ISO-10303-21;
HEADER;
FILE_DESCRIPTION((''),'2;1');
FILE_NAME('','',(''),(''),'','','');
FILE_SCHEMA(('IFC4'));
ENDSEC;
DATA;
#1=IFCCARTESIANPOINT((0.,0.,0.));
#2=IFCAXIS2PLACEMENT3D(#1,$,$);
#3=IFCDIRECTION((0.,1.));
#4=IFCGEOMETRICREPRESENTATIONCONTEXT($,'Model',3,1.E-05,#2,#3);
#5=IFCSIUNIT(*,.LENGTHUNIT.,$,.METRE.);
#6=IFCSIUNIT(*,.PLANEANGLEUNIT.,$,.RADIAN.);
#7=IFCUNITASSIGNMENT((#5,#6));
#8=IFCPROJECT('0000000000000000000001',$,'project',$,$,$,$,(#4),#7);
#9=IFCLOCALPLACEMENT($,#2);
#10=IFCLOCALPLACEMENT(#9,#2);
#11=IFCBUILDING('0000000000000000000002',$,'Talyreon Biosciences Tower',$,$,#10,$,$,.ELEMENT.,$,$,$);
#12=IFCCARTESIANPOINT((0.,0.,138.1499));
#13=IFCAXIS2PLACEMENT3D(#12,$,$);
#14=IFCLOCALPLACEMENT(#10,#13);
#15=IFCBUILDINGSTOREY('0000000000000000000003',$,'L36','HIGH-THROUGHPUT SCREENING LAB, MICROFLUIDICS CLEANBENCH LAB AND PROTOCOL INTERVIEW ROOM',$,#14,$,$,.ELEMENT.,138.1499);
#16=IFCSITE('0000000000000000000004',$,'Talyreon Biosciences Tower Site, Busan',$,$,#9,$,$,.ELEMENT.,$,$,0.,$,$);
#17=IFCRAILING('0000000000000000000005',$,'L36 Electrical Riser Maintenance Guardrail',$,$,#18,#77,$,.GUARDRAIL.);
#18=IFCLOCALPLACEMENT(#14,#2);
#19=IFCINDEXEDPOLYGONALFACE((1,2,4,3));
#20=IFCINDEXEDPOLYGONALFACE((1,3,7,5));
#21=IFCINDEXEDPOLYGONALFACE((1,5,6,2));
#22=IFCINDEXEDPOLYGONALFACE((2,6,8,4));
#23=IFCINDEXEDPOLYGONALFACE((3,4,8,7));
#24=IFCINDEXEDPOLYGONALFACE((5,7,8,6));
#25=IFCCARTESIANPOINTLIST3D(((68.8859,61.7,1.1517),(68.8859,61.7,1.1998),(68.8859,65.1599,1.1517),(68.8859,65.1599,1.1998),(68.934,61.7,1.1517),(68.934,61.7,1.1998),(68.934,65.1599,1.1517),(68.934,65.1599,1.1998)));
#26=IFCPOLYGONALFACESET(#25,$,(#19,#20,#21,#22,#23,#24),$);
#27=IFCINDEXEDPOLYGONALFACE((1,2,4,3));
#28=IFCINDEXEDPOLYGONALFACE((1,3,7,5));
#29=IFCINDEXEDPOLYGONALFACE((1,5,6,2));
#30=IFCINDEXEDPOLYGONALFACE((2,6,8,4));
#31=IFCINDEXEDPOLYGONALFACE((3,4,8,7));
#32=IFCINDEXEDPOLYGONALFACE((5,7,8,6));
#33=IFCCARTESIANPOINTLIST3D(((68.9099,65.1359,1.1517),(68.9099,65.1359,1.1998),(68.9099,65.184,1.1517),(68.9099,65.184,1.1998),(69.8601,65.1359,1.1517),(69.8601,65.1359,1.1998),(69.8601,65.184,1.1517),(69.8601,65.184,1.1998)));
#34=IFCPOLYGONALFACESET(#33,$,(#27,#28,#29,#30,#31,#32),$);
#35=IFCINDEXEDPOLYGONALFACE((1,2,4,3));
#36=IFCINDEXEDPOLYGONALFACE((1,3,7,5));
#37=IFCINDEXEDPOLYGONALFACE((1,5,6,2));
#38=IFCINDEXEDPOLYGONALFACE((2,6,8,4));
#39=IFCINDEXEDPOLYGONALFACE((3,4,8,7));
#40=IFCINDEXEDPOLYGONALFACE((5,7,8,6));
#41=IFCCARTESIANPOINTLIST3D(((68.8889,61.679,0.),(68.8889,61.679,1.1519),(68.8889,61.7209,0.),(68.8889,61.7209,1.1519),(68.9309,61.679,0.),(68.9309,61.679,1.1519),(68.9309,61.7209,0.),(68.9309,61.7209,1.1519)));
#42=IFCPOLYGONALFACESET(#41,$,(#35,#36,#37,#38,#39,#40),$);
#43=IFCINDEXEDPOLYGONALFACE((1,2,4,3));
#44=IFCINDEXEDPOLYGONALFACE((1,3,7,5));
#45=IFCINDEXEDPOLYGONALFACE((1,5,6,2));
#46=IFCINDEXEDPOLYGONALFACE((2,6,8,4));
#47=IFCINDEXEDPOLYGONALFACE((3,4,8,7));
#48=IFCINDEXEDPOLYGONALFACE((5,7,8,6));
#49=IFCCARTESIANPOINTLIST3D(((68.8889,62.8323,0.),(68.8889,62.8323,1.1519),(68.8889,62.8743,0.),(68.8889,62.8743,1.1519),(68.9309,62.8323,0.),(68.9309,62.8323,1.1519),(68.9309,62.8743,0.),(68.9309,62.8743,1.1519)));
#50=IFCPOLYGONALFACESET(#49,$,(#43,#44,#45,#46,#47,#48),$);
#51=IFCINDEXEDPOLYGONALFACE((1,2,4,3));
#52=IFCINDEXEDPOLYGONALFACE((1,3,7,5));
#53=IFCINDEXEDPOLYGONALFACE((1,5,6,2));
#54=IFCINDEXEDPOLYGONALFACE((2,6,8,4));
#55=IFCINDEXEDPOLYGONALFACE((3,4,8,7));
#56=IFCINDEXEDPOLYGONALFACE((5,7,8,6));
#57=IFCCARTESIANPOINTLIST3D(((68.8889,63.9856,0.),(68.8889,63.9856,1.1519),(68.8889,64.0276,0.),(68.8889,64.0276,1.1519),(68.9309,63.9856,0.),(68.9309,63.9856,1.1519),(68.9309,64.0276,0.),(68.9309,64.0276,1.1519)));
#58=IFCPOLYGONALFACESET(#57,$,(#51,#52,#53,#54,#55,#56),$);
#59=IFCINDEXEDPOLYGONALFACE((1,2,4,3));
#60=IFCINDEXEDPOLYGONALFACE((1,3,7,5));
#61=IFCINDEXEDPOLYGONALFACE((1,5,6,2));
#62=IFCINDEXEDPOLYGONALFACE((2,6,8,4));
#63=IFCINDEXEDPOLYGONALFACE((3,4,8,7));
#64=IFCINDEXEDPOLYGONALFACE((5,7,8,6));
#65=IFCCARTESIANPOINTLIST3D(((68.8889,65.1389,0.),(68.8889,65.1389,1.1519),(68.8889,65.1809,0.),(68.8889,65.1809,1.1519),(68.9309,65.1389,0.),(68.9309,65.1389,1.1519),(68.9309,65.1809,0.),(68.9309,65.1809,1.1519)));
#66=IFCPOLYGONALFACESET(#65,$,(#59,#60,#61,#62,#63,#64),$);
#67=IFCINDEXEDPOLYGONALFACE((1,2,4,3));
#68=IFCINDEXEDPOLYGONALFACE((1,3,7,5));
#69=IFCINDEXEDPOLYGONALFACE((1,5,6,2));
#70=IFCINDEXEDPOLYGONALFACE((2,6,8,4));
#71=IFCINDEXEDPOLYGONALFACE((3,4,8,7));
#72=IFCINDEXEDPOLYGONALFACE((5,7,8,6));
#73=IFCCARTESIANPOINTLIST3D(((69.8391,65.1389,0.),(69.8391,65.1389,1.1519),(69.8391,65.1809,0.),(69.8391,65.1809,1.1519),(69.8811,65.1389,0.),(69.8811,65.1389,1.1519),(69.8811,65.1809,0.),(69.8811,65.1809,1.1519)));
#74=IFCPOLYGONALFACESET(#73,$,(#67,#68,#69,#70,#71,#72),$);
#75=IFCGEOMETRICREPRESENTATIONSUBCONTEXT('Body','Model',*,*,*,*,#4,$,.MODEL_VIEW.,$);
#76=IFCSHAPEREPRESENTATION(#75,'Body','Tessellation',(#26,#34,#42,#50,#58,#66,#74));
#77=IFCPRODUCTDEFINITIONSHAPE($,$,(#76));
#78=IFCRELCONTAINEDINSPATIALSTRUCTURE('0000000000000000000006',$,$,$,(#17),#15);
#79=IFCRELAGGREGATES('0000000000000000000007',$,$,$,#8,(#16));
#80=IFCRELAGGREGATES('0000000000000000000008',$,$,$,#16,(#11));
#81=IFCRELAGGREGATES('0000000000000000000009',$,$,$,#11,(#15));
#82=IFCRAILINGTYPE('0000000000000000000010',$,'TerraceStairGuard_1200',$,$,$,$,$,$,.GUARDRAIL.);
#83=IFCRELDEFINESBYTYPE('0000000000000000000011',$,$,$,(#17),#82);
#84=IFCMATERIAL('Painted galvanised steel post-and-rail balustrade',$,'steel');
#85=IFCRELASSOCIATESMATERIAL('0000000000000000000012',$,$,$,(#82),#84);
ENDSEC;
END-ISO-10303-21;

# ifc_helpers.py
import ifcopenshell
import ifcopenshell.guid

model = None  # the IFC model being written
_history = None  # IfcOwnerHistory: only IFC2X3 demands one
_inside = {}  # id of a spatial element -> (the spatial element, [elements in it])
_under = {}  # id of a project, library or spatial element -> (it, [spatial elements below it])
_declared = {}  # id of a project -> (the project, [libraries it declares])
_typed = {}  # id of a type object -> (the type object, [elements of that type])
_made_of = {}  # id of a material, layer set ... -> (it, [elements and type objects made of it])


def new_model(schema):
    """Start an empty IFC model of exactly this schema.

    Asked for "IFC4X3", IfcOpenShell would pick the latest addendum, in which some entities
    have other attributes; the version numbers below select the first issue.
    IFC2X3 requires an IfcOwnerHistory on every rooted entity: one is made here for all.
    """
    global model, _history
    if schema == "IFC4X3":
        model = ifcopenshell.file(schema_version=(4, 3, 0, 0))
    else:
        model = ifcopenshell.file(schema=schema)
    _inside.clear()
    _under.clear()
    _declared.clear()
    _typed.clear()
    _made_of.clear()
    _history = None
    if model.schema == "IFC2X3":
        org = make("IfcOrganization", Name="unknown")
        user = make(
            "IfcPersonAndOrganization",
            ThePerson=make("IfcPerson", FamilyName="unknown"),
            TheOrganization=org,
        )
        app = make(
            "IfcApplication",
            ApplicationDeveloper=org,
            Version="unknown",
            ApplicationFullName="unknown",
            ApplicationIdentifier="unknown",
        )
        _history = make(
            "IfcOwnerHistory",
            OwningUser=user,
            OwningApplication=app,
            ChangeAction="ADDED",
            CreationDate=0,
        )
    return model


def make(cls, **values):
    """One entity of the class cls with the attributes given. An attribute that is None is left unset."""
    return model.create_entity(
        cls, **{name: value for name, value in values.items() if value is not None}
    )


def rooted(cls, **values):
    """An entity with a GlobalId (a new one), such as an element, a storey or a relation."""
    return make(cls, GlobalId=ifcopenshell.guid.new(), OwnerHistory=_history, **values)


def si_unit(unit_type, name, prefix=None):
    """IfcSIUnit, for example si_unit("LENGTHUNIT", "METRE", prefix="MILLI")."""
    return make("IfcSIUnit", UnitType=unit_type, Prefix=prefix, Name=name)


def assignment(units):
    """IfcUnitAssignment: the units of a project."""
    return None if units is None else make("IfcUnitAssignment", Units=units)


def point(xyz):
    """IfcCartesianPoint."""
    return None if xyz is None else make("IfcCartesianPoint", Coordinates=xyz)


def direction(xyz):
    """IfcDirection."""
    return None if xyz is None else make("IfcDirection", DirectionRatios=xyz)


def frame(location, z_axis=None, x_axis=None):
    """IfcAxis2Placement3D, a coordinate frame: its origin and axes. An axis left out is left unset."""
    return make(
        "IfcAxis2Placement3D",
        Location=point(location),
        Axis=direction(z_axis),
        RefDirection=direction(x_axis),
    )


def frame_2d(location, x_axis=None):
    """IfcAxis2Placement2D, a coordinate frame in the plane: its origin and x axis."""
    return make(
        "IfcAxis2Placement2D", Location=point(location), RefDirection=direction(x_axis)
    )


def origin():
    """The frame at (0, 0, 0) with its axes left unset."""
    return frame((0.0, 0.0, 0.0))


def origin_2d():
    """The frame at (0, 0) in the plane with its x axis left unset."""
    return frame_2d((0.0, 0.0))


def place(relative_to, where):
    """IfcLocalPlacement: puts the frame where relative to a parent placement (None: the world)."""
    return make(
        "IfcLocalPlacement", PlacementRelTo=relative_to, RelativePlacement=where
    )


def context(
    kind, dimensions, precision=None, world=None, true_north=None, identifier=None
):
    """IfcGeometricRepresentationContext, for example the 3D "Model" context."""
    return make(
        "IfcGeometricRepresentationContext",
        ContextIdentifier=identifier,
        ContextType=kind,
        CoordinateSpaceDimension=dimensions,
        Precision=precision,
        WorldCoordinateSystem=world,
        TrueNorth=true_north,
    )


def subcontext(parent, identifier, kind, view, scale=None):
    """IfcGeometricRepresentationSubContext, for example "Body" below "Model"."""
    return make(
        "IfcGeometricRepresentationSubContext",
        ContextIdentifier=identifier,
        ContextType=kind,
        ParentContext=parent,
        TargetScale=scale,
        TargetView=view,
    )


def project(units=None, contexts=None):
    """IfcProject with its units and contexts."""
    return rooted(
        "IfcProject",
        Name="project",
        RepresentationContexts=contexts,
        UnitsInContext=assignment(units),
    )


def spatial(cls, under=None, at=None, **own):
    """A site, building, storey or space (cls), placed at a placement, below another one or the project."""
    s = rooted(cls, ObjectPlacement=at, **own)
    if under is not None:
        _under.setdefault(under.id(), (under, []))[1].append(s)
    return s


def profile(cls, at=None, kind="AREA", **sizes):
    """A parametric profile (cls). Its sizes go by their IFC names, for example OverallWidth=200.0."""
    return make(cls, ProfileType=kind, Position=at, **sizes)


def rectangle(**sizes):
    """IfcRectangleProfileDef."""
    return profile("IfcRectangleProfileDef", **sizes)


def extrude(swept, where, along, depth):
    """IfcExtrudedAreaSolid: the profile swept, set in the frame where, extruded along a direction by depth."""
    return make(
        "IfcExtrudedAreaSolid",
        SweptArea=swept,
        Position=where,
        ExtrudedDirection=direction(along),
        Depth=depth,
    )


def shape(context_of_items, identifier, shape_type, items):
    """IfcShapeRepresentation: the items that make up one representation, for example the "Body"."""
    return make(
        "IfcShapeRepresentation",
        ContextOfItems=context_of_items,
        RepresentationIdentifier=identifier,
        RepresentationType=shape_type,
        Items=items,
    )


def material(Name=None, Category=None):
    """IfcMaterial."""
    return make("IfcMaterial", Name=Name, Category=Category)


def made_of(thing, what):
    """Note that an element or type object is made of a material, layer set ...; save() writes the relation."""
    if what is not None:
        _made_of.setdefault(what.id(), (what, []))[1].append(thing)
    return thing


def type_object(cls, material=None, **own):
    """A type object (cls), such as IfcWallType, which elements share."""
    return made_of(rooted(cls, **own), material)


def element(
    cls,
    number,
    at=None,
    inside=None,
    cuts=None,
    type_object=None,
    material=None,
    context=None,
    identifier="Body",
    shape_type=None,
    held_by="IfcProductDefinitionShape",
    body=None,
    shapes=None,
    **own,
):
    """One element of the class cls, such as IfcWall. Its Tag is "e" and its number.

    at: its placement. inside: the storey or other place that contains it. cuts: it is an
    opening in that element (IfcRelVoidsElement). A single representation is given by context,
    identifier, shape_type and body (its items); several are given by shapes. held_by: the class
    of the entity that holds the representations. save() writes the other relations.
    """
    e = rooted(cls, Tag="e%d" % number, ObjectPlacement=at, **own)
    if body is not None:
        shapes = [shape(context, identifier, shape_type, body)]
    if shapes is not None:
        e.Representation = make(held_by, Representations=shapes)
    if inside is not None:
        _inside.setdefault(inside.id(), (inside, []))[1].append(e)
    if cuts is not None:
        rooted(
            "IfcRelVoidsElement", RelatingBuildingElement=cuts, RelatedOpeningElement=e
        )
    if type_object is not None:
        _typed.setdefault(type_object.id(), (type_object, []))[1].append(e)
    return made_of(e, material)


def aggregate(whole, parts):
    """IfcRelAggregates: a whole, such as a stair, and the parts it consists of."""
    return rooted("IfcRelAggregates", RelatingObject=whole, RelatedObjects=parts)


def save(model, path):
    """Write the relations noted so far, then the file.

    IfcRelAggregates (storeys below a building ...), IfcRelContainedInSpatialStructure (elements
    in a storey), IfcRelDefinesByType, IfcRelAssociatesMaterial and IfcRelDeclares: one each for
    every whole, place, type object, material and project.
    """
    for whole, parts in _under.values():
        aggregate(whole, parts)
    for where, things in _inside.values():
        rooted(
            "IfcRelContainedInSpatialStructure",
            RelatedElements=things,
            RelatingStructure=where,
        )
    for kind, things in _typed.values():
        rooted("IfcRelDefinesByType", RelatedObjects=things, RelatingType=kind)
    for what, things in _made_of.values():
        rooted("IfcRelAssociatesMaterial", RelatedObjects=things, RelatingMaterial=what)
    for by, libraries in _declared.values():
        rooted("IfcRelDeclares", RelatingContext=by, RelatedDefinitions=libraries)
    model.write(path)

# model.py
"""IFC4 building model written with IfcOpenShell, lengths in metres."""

from ifc_helpers import new_model, si_unit, direction, frame, origin, origin_2d, place, context, subcontext, project, spatial, rectangle, extrude, material, type_object, element, save


model = new_model("IFC4")

# Units and contexts
model_context = context("Model", 3, precision=1e-05, world=origin(), true_north=direction((0.0, 1.0)))
body_context = subcontext(model_context, "Body", "Model", "MODEL_VIEW")
ifc_project = project(units=[si_unit("LENGTHUNIT", "METRE"), si_unit("PLANEANGLEUNIT", "RADIAN")], contexts=[model_context])

# Site, building, storey
site_placement = place(None, origin())
site = spatial("IfcSite", under=ifc_project, at=site_placement, Name="Talyreon Biosciences Tower Site, Busan", CompositionType="ELEMENT", RefElevation=0.0)
building_placement = place(site_placement, origin())
building = spatial("IfcBuilding", under=site, at=building_placement, Name="Talyreon Biosciences Tower", CompositionType="ELEMENT")
storey_placement = place(building_placement, frame((0.0, 0.0, 138.1499)))
storey = spatial("IfcBuildingStorey", under=building, at=storey_placement, Name="L36", Description="HIGH-THROUGHPUT SCREENING LAB, MICROFLUIDICS CLEANBENCH LAB AND PROTOCOL INTERVIEW ROOM", CompositionType="ELEMENT", Elevation=138.1499)

# Railing
ifc_material_1 = material(Name="Painted galvanised steel post-and-rail balustrade", Category="steel")
railing_type_1 = type_object("IfcRailingType", Name="TerraceStairGuard_1200", PredefinedType="GUARDRAIL", material=ifc_material_1)
railing_1_placement = place(storey_placement, frame((68.9099, 61.7, 0.0)))
element("IfcRailing", 1, at=railing_1_placement, inside=storey, type_object=railing_type_1, Name="L36 Electrical Riser Maintenance Guardrail", PredefinedType="GUARDRAIL", context=body_context, shape_type="SweptSolid", body=[
    extrude(rectangle(XDim=0.0481, YDim=0.0481, at=origin_2d()), frame((0.0, 0.0, 1.1758), z_axis=(0.0, 1.0, 0.0), x_axis=(-1.0, 0.0, 0.0)), (0.0, 0.0, 1.0), 3.46),
    extrude(rectangle(XDim=0.0481, YDim=0.0481, at=origin_2d()), frame((0.0, 3.46, 1.1758), z_axis=(1.0, 0.0, 0.0), x_axis=(0.0, 1.0, 0.0)), (0.0, 0.0, 1.0), 0.9502),
    extrude(rectangle(XDim=0.042, YDim=0.042, at=origin_2d()), origin(), (0.0, 0.0, 1.0), 1.1519),
    extrude(rectangle(XDim=0.042, YDim=0.042, at=origin_2d()), frame((0.0, 1.1533, 0.0)), (0.0, 0.0, 1.0), 1.1519),
    extrude(rectangle(XDim=0.042, YDim=0.042, at=origin_2d()), frame((0.0, 2.3066, 0.0)), (0.0, 0.0, 1.0), 1.1519),
    extrude(rectangle(XDim=0.042, YDim=0.042, at=origin_2d()), frame((0.0, 3.46, 0.0)), (0.0, 0.0, 1.0), 1.1519),
    extrude(rectangle(XDim=0.042, YDim=0.042, at=origin_2d()), frame((0.9502, 3.46, 0.0)), (0.0, 0.0, 1.0), 1.1519),
])

save(model, "model.ifc")
